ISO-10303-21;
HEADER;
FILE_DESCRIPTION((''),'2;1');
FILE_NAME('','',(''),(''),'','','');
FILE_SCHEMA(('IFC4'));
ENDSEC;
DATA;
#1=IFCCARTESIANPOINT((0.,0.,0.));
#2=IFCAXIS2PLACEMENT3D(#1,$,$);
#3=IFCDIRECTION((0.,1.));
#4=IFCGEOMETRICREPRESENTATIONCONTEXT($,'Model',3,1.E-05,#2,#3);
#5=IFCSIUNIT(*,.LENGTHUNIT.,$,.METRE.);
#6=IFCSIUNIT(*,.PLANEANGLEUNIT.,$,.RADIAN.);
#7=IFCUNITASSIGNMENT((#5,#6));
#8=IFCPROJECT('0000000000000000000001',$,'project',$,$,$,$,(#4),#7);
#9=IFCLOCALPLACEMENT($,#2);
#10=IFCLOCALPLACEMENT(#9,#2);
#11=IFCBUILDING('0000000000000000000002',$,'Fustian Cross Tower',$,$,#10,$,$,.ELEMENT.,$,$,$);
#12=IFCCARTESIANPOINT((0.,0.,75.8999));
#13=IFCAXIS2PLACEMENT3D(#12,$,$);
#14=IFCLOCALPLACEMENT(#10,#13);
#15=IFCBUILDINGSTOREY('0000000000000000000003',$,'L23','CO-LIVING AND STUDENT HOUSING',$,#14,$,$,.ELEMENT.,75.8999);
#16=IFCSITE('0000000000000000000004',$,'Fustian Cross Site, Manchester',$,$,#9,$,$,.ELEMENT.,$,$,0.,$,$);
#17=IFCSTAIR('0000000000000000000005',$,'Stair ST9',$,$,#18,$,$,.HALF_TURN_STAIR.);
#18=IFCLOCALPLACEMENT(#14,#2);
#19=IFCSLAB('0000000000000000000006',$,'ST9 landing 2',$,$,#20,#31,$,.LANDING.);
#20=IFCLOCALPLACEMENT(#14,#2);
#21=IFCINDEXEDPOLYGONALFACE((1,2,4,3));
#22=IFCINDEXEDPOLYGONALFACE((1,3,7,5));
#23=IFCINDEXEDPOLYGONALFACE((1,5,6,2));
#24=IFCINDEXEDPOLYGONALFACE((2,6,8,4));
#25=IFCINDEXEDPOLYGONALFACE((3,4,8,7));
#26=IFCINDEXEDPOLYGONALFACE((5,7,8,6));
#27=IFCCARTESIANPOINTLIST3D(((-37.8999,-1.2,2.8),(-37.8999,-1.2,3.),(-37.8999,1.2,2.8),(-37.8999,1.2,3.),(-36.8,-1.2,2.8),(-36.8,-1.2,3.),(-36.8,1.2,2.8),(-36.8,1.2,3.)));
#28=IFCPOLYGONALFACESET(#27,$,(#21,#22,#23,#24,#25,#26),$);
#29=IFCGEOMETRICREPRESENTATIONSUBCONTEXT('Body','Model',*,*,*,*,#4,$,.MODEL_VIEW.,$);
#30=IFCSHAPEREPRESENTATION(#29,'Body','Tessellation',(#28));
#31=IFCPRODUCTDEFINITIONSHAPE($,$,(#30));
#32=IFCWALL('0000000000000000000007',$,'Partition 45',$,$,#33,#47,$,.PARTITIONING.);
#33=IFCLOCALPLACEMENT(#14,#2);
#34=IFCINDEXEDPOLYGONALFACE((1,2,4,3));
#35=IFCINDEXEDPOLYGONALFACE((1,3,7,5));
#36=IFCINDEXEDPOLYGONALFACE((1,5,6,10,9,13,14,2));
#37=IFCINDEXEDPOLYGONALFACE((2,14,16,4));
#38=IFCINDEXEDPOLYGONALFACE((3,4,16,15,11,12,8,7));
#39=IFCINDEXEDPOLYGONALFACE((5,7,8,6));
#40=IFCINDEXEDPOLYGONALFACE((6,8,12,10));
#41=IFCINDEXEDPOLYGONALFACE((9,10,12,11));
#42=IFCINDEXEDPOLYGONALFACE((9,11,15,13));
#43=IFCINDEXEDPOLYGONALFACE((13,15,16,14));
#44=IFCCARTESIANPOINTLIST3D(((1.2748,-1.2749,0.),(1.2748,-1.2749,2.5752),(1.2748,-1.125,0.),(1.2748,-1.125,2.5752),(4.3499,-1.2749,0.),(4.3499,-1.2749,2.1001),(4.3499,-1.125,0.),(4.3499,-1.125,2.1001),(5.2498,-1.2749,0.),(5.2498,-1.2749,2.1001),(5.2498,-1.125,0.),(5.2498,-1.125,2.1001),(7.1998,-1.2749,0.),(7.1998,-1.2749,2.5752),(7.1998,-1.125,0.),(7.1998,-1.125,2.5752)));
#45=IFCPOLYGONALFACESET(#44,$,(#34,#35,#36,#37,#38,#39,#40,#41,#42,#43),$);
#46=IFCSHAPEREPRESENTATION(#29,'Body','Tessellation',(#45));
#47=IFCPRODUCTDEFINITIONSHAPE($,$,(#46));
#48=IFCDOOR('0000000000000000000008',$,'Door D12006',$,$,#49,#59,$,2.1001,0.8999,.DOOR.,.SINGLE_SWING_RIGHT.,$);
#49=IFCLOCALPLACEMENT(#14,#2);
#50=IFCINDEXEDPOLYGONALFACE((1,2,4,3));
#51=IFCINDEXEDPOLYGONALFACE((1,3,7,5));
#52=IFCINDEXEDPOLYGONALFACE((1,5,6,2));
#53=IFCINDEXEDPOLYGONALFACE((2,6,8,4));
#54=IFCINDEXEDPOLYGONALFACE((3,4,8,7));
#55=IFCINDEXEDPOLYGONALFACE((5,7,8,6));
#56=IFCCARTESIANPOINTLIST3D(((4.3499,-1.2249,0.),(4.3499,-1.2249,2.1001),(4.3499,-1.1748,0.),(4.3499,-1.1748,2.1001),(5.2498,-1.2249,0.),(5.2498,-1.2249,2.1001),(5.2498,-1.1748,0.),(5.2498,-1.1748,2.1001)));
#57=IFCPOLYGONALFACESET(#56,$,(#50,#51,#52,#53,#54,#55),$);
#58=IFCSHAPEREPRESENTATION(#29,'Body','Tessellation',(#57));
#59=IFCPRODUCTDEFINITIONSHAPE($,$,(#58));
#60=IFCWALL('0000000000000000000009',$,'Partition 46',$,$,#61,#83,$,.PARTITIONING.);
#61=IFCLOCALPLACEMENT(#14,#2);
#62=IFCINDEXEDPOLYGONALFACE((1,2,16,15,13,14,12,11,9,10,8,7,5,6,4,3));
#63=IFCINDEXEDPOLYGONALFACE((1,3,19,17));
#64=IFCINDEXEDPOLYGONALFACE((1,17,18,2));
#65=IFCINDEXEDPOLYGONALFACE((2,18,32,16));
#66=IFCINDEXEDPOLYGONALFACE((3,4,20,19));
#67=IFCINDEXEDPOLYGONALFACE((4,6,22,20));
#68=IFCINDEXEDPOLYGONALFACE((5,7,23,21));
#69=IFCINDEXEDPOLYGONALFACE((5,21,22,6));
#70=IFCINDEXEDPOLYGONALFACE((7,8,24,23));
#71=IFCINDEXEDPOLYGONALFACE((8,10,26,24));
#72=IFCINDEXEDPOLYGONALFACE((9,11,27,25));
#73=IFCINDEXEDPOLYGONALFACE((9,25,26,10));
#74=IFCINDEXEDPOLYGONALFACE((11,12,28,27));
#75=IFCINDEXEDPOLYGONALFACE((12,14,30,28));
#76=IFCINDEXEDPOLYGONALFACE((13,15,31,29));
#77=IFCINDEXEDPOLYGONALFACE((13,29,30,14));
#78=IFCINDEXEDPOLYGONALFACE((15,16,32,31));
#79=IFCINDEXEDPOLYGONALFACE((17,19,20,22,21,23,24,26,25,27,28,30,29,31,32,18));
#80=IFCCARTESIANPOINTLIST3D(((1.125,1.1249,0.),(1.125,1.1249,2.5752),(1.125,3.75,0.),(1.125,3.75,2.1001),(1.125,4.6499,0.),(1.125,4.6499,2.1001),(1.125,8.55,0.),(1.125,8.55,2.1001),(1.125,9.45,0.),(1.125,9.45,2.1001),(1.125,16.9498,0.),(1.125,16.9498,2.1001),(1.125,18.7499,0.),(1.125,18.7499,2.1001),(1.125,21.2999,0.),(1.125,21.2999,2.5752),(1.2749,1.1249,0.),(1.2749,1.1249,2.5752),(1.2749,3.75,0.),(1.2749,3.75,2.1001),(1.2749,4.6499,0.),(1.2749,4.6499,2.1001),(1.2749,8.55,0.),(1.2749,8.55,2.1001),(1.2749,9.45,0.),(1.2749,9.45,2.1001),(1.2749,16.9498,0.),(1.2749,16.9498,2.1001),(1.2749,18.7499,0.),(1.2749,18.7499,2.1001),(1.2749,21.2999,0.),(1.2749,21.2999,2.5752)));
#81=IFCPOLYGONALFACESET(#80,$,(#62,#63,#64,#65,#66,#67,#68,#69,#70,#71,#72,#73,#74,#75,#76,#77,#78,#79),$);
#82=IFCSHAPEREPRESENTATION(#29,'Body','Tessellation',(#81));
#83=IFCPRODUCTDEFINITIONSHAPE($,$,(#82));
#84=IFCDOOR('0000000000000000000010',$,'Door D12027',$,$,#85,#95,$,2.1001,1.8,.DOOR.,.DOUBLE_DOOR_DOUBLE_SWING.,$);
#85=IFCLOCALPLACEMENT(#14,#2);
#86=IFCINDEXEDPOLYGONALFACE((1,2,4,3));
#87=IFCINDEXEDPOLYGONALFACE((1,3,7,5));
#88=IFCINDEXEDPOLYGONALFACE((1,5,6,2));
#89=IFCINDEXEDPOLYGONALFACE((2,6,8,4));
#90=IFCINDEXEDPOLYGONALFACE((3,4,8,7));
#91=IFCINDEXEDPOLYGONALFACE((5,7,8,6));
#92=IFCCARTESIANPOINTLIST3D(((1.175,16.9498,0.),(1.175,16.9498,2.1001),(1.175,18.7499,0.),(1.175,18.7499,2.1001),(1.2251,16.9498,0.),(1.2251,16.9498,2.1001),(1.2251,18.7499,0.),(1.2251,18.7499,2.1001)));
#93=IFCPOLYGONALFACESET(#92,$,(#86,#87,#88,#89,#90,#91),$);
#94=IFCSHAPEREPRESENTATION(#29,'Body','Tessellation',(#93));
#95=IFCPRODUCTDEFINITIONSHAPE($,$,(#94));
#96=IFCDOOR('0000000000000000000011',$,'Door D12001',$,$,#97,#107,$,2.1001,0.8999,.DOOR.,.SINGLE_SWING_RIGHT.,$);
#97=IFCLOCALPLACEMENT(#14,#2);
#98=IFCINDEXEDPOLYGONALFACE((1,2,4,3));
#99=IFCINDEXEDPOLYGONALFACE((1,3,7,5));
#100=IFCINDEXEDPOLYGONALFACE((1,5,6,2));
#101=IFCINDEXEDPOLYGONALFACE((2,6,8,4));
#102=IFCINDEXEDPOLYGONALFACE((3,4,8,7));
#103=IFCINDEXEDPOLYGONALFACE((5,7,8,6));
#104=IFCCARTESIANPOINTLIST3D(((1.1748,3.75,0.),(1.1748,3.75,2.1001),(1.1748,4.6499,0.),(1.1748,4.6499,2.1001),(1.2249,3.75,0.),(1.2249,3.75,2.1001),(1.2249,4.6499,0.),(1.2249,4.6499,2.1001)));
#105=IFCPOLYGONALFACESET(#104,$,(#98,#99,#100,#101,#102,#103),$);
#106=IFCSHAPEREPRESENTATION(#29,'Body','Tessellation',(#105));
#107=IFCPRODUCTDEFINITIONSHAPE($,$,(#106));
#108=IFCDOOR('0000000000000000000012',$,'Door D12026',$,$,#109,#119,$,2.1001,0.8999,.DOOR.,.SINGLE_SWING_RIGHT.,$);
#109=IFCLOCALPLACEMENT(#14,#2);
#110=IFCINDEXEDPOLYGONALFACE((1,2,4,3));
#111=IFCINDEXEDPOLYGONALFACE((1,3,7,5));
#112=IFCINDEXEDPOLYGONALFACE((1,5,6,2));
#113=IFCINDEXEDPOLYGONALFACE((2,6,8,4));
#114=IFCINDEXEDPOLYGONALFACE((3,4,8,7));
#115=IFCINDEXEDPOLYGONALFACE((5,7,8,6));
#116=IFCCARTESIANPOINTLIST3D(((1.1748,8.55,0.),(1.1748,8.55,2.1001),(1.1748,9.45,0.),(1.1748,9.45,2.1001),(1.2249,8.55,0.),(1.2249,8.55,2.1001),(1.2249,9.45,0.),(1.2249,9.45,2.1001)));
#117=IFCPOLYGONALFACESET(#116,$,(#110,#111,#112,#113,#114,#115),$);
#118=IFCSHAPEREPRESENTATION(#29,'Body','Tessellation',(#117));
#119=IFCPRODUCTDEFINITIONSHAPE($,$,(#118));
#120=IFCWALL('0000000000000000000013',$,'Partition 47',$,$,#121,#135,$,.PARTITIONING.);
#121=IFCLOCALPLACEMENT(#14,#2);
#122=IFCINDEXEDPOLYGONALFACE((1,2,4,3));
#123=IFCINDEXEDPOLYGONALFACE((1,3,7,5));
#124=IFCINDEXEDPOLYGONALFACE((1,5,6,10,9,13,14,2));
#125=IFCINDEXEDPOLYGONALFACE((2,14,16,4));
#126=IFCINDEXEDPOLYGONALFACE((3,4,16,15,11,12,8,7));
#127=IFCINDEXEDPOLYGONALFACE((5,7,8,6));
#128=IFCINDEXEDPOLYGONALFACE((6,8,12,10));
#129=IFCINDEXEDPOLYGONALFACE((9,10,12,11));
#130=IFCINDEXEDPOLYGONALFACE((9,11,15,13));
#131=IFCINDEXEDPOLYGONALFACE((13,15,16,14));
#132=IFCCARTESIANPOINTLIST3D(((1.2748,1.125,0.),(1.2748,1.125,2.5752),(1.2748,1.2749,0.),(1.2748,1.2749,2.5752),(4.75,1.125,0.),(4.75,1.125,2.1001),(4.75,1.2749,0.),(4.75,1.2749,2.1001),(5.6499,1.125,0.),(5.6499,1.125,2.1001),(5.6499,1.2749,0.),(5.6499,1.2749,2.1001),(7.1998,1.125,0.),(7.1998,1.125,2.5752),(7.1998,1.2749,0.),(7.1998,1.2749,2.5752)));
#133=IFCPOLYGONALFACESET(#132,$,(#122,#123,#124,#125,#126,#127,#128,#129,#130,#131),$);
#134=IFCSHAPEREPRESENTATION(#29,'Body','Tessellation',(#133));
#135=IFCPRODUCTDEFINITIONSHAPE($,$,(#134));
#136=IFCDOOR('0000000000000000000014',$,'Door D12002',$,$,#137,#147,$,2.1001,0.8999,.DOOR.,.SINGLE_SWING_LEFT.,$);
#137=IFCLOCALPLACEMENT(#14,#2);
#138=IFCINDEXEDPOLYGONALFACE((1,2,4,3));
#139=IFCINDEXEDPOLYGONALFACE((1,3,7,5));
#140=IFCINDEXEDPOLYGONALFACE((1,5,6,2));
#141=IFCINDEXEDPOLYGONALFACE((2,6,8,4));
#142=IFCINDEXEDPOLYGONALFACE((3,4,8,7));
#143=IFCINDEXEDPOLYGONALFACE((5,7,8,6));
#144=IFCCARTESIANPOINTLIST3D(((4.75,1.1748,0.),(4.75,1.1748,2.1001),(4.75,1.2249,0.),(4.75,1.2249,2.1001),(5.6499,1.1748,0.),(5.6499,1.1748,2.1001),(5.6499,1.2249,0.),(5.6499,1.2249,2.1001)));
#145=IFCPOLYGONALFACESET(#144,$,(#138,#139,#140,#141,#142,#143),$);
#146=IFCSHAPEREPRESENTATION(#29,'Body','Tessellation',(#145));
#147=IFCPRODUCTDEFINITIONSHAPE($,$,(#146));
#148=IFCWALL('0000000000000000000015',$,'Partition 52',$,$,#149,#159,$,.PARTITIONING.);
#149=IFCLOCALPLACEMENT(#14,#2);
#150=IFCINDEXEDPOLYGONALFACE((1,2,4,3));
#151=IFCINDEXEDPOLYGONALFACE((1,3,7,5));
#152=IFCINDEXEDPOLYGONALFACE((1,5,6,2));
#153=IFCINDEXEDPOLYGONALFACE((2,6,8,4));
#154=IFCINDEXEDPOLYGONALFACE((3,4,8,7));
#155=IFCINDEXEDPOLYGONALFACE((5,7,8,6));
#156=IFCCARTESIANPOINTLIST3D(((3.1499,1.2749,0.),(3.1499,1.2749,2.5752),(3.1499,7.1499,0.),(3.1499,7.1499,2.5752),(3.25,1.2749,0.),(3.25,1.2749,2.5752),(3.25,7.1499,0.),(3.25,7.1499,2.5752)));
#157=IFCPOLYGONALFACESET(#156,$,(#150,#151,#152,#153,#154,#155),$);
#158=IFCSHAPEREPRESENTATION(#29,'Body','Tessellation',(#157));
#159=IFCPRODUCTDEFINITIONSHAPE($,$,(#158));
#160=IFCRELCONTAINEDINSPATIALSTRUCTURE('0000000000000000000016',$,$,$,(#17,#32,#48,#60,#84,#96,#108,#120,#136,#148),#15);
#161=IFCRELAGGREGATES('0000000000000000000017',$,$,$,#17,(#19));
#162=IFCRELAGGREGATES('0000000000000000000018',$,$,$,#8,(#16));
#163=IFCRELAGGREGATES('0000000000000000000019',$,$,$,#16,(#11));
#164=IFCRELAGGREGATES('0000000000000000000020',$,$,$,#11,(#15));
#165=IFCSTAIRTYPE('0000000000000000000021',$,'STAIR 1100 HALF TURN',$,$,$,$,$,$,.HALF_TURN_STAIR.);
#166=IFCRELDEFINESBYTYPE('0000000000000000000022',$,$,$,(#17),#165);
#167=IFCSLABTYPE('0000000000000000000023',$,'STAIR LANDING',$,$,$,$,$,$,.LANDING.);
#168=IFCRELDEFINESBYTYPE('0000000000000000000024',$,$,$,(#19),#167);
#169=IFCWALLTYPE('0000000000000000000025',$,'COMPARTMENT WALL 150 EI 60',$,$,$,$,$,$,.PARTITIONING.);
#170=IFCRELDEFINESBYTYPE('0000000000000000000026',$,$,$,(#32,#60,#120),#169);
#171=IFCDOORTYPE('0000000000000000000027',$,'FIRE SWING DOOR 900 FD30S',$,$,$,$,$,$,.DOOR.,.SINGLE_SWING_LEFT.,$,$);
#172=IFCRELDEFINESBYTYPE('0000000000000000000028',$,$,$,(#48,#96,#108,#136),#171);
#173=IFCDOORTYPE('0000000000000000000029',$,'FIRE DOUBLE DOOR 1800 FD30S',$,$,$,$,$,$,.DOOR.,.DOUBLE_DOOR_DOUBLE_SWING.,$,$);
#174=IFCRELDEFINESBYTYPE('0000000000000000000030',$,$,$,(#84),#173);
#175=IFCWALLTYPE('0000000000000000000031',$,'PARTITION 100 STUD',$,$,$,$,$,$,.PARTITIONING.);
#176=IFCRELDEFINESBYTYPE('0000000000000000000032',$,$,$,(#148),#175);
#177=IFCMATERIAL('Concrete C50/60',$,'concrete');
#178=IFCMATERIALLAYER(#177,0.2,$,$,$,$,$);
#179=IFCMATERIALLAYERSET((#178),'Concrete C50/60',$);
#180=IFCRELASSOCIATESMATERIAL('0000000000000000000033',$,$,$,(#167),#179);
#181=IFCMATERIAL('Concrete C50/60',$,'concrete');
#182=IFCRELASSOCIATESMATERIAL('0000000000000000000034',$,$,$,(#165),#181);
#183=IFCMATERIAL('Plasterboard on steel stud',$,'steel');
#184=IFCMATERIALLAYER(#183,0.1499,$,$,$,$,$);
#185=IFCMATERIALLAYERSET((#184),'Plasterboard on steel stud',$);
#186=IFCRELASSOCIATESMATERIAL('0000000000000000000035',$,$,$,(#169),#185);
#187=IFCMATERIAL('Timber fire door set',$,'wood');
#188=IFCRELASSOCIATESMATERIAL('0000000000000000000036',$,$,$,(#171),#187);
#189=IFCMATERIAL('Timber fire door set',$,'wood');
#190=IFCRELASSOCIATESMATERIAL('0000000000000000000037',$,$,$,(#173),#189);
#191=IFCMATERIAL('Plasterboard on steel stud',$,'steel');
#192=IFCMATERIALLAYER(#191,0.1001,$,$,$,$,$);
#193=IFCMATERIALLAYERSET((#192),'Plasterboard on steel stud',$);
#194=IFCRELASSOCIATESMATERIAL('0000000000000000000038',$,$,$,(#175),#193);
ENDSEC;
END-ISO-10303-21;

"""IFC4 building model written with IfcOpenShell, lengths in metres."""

from ifc_helpers import new_model, si_unit, direction, frame, frame_2d, origin, place, context, subcontext, project, spatial, polyline, rectangle, outline, extrude, material, layer, layer_set, type_object, element, fill, aggregate, save


model = new_model("IFC4")

# Units and contexts
model_context = context("Model", 3, precision=1e-05, world=origin(), true_north=direction((0.0, 1.0)))
body_context = subcontext(model_context, "Body", "Model", "MODEL_VIEW")
ifc_project = project(units=[si_unit("LENGTHUNIT", "METRE"), si_unit("PLANEANGLEUNIT", "RADIAN")], contexts=[model_context])

# Site, building, storey
site_placement = place(None, origin())
site = spatial("IfcSite", under=ifc_project, at=site_placement, Name="Fustian Cross Site, Manchester", CompositionType="ELEMENT", RefElevation=0.0)
building_placement = place(site_placement, origin())
building = spatial("IfcBuilding", under=site, at=building_placement, Name="Fustian Cross Tower", CompositionType="ELEMENT")
storey_placement = place(building_placement, frame((0.0, 0.0, 75.8999)))
storey = spatial("IfcBuildingStorey", under=building, at=storey_placement, Name="L23", Description="CO-LIVING AND STUDENT HOUSING", CompositionType="ELEMENT", Elevation=75.8999)

# Shared definitions
ifc_material_1 = material(Name="Concrete C50/60", Category="concrete")
ifc_layer_1 = layer(ifc_material_1, 0.2)
ifc_layer_set_1 = layer_set([ifc_layer_1], Name="Concrete C50/60")
slab_type = type_object("IfcSlabType", Name="STAIR LANDING", PredefinedType="LANDING", material=ifc_layer_set_1)

# Stair, slab
ifc_material_2 = material(Name="Concrete C50/60", Category="concrete")
stair_type_1 = type_object("IfcStairType", Name="STAIR 1100 HALF TURN", PredefinedType="HALF_TURN_STAIR", material=ifc_material_2)
stair_1_placement = place(storey_placement, origin())
stair_1 = element("IfcStair", 1, at=stair_1_placement, inside=storey, type_object=stair_type_1, Name="Stair ST9", PredefinedType="HALF_TURN_STAIR")
slab_1_placement = place(storey_placement, frame((0.0, 0.0, 2.8)))
slab_1 = element("IfcSlab", 2, at=slab_1_placement, type_object=slab_type, Name="ST9 landing 2", PredefinedType="LANDING", context=body_context, shape_type="SweptSolid", body=[
    extrude(outline(polyline([(-36.8, -1.2), (-37.8999, -1.2), (-37.8999, 1.2), (-36.8, 1.2), (-36.8, -1.2)])), origin(), (0.0, 0.0, 1.0), 0.2),
])
aggregate(stair_1, [slab_1])

# Wall, opening, door
ifc_material_3 = material(Name="Plasterboard on steel stud", Category="steel")
ifc_layer_2 = layer(ifc_material_3, 0.1499)
ifc_layer_set_2 = layer_set([ifc_layer_2], Name="Plasterboard on steel stud")
wall_type_1 = type_object("IfcWallType", Name="COMPARTMENT WALL 150 EI 60", PredefinedType="PARTITIONING", material=ifc_layer_set_2)
wall_1_placement = place(storey_placement, frame((1.2749, -1.2, 0.0), z_axis=(0.0, 0.0, 1.0), x_axis=(1.0, 0.0, 0.0)))
wall_1 = element("IfcWall", 3, at=wall_1_placement, inside=storey, type_object=wall_type_1, Name="Partition 45", PredefinedType="PARTITIONING", context=body_context, shape_type="SweptSolid", body=[
    extrude(rectangle(XDim=5.925, YDim=0.1499, at=frame_2d((2.9624, 0.0))), origin(), (0.0, 0.0, 1.0), 2.5752),
])
opening_1_placement = place(wall_1_placement, frame((3.075, 0.0, 0.0)))
opening_1 = element("IfcOpeningElement", 4, at=opening_1_placement, cuts=wall_1, PredefinedType="OPENING", context=body_context, shape_type="SweptSolid", body=[
    extrude(rectangle(XDim=0.8999, YDim=2.1001, at=frame_2d((0.45, 1.05))), frame((0.0, 0.085, 0.0), z_axis=(0.0, -1.0, 0.0), x_axis=(1.0, 0.0, 0.0)), (0.0, 0.0, 1.0), 0.1699),
])
ifc_material_4 = material(Name="Timber fire door set", Category="wood")
door_type_1 = type_object("IfcDoorType", Name="FIRE SWING DOOR 900 FD30S", OperationType="SINGLE_SWING_LEFT", PredefinedType="DOOR", material=ifc_material_4)
door_1_placement = place(opening_1_placement, frame((0.8999, 0.0, 0.0), z_axis=(0.0, 0.0, 1.0), x_axis=(-1.0, 0.0, 0.0)))
door_1 = element("IfcDoor", 5, at=door_1_placement, inside=storey, type_object=door_type_1, Name="Door D12006", OperationType="SINGLE_SWING_RIGHT", OverallHeight=2.1001, OverallWidth=0.8999, PredefinedType="DOOR", context=body_context, shape_type="SweptSolid", body=[
    extrude(rectangle(XDim=0.8999, YDim=2.1001, at=frame_2d((0.45, 1.05))), frame((0.0, 0.0249, 0.0), z_axis=(0.0, -1.0, 0.0), x_axis=(1.0, 0.0, 0.0)), (0.0, 0.0, 1.0), 0.05),
])
fill(opening_1, door_1)

# Wall, openings, doors
wall_2_placement = place(storey_placement, frame((1.2, 1.125, 0.0), z_axis=(0.0, 0.0, 1.0), x_axis=(0.0, 1.0, 0.0)))
wall_2 = element("IfcWall", 6, at=wall_2_placement, inside=storey, type_object=wall_type_1, Name="Partition 46", PredefinedType="PARTITIONING", context=body_context, shape_type="SweptSolid", body=[
    extrude(rectangle(XDim=20.175, YDim=0.1499, at=frame_2d((10.0874, 0.0))), origin(), (0.0, 0.0, 1.0), 2.5752),
])
opening_2_placement = place(wall_2_placement, frame((2.625, 0.0, 0.0)))
opening_2 = element("IfcOpeningElement", 7, at=opening_2_placement, cuts=wall_2, PredefinedType="OPENING", context=body_context, shape_type="SweptSolid", body=[
    extrude(rectangle(XDim=0.8999, YDim=2.1001, at=frame_2d((0.45, 1.05))), frame((0.0, 0.085, 0.0), z_axis=(0.0, -1.0, 0.0), x_axis=(1.0, 0.0, 0.0)), (0.0, 0.0, 1.0), 0.1699),
])
opening_3_placement = place(wall_2_placement, frame((7.425, 0.0, 0.0)))
opening_3 = element("IfcOpeningElement", 8, at=opening_3_placement, cuts=wall_2, PredefinedType="OPENING", context=body_context, shape_type="SweptSolid", body=[
    extrude(rectangle(XDim=0.8999, YDim=2.1001, at=frame_2d((0.45, 1.05))), frame((0.0, 0.085, 0.0), z_axis=(0.0, -1.0, 0.0), x_axis=(1.0, 0.0, 0.0)), (0.0, 0.0, 1.0), 0.1699),
])
opening_4_placement = place(wall_2_placement, frame((15.825, 0.0, 0.0)))
opening_4 = element("IfcOpeningElement", 9, at=opening_4_placement, cuts=wall_2, PredefinedType="OPENING", context=body_context, shape_type="SweptSolid", body=[
    extrude(rectangle(XDim=1.8, YDim=2.1001, at=frame_2d((0.8999, 1.05))), frame((0.0, 0.085, 0.0), z_axis=(0.0, -1.0, 0.0), x_axis=(1.0, 0.0, 0.0)), (0.0, 0.0, 1.0), 0.1699),
])
ifc_material_5 = material(Name="Timber fire door set", Category="wood")
door_type_2 = type_object("IfcDoorType", Name="FIRE DOUBLE DOOR 1800 FD30S", OperationType="DOUBLE_DOOR_DOUBLE_SWING", PredefinedType="DOOR", material=ifc_material_5)
door_2_placement = place(opening_4_placement, origin())
door_2 = element("IfcDoor", 10, at=door_2_placement, inside=storey, type_object=door_type_2, Name="Door D12027", OperationType="DOUBLE_DOOR_DOUBLE_SWING", OverallHeight=2.1001, OverallWidth=1.8, PredefinedType="DOOR", context=body_context, shape_type="SweptSolid", body=[
    extrude(rectangle(XDim=1.8, YDim=2.1001, at=frame_2d((0.8999, 1.05))), frame((0.0, 0.0249, 0.0), z_axis=(0.0, -1.0, 0.0), x_axis=(1.0, 0.0, 0.0)), (0.0, 0.0, 1.0), 0.05),
])
fill(opening_4, door_2)
door_3_placement = place(opening_2_placement, frame((0.8999, 0.0, 0.0), z_axis=(0.0, 0.0, 1.0), x_axis=(-1.0, 0.0, 0.0)))
door_3 = element("IfcDoor", 11, at=door_3_placement, inside=storey, type_object=door_type_1, Name="Door D12001", OperationType="SINGLE_SWING_RIGHT", OverallHeight=2.1001, OverallWidth=0.8999, PredefinedType="DOOR", context=body_context, shape_type="SweptSolid", body=[
    extrude(rectangle(XDim=0.8999, YDim=2.1001, at=frame_2d((0.45, 1.05))), frame((0.0, 0.0249, 0.0), z_axis=(0.0, -1.0, 0.0), x_axis=(1.0, 0.0, 0.0)), (0.0, 0.0, 1.0), 0.05),
])
fill(opening_2, door_3)
door_4_placement = place(opening_3_placement, frame((0.8999, 0.0, 0.0), z_axis=(0.0, 0.0, 1.0), x_axis=(-1.0, 0.0, 0.0)))
door_4 = element("IfcDoor", 12, at=door_4_placement, inside=storey, type_object=door_type_1, Name="Door D12026", OperationType="SINGLE_SWING_RIGHT", OverallHeight=2.1001, OverallWidth=0.8999, PredefinedType="DOOR", context=body_context, shape_type="SweptSolid", body=[
    extrude(rectangle(XDim=0.8999, YDim=2.1001, at=frame_2d((0.45, 1.05))), frame((0.0, 0.0249, 0.0), z_axis=(0.0, -1.0, 0.0), x_axis=(1.0, 0.0, 0.0)), (0.0, 0.0, 1.0), 0.05),
])
fill(opening_3, door_4)

# Wall, opening, door
wall_3_placement = place(storey_placement, frame((1.2749, 1.2, 0.0), z_axis=(0.0, 0.0, 1.0), x_axis=(1.0, 0.0, 0.0)))
wall_3 = element("IfcWall", 13, at=wall_3_placement, inside=storey, type_object=wall_type_1, Name="Partition 47", PredefinedType="PARTITIONING", context=body_context, shape_type="SweptSolid", body=[
    extrude(rectangle(XDim=5.925, YDim=0.1499, at=frame_2d((2.9624, 0.0))), origin(), (0.0, 0.0, 1.0), 2.5752),
])
opening_5_placement = place(wall_3_placement, frame((3.4751, 0.0, 0.0)))
opening_5 = element("IfcOpeningElement", 14, at=opening_5_placement, cuts=wall_3, PredefinedType="OPENING", context=body_context, shape_type="SweptSolid", body=[
    extrude(rectangle(XDim=0.8999, YDim=2.1001, at=frame_2d((0.45, 1.05))), frame((0.0, 0.085, 0.0), z_axis=(0.0, -1.0, 0.0), x_axis=(1.0, 0.0, 0.0)), (0.0, 0.0, 1.0), 0.1699),
])
door_5_placement = place(opening_5_placement, origin())
door_5 = element("IfcDoor", 15, at=door_5_placement, inside=storey, type_object=door_type_1, Name="Door D12002", OperationType="SINGLE_SWING_LEFT", OverallHeight=2.1001, OverallWidth=0.8999, PredefinedType="DOOR", context=body_context, shape_type="SweptSolid", body=[
    extrude(rectangle(XDim=0.8999, YDim=2.1001, at=frame_2d((0.45, 1.05))), frame((0.0, 0.0249, 0.0), z_axis=(0.0, -1.0, 0.0), x_axis=(1.0, 0.0, 0.0)), (0.0, 0.0, 1.0), 0.05),
])
fill(opening_5, door_5)

# Wall
ifc_material_6 = material(Name="Plasterboard on steel stud", Category="steel")
ifc_layer_3 = layer(ifc_material_6, 0.1001)
ifc_layer_set_3 = layer_set([ifc_layer_3], Name="Plasterboard on steel stud")
wall_type_2 = type_object("IfcWallType", Name="PARTITION 100 STUD", PredefinedType="PARTITIONING", material=ifc_layer_set_3)
wall_4_placement = place(storey_placement, frame((3.2, 1.2749, 0.0), z_axis=(0.0, 0.0, 1.0), x_axis=(0.0, 1.0, 0.0)))
element("IfcWall", 16, at=wall_4_placement, inside=storey, type_object=wall_type_2, Name="Partition 52", PredefinedType="PARTITIONING", context=body_context, shape_type="SweptSolid", body=[
    extrude(rectangle(XDim=5.875, YDim=0.1001, at=frame_2d((2.9375, 0.0))), origin(), (0.0, 0.0, 1.0), 2.5752),
])

save(model, "model.ifc")
